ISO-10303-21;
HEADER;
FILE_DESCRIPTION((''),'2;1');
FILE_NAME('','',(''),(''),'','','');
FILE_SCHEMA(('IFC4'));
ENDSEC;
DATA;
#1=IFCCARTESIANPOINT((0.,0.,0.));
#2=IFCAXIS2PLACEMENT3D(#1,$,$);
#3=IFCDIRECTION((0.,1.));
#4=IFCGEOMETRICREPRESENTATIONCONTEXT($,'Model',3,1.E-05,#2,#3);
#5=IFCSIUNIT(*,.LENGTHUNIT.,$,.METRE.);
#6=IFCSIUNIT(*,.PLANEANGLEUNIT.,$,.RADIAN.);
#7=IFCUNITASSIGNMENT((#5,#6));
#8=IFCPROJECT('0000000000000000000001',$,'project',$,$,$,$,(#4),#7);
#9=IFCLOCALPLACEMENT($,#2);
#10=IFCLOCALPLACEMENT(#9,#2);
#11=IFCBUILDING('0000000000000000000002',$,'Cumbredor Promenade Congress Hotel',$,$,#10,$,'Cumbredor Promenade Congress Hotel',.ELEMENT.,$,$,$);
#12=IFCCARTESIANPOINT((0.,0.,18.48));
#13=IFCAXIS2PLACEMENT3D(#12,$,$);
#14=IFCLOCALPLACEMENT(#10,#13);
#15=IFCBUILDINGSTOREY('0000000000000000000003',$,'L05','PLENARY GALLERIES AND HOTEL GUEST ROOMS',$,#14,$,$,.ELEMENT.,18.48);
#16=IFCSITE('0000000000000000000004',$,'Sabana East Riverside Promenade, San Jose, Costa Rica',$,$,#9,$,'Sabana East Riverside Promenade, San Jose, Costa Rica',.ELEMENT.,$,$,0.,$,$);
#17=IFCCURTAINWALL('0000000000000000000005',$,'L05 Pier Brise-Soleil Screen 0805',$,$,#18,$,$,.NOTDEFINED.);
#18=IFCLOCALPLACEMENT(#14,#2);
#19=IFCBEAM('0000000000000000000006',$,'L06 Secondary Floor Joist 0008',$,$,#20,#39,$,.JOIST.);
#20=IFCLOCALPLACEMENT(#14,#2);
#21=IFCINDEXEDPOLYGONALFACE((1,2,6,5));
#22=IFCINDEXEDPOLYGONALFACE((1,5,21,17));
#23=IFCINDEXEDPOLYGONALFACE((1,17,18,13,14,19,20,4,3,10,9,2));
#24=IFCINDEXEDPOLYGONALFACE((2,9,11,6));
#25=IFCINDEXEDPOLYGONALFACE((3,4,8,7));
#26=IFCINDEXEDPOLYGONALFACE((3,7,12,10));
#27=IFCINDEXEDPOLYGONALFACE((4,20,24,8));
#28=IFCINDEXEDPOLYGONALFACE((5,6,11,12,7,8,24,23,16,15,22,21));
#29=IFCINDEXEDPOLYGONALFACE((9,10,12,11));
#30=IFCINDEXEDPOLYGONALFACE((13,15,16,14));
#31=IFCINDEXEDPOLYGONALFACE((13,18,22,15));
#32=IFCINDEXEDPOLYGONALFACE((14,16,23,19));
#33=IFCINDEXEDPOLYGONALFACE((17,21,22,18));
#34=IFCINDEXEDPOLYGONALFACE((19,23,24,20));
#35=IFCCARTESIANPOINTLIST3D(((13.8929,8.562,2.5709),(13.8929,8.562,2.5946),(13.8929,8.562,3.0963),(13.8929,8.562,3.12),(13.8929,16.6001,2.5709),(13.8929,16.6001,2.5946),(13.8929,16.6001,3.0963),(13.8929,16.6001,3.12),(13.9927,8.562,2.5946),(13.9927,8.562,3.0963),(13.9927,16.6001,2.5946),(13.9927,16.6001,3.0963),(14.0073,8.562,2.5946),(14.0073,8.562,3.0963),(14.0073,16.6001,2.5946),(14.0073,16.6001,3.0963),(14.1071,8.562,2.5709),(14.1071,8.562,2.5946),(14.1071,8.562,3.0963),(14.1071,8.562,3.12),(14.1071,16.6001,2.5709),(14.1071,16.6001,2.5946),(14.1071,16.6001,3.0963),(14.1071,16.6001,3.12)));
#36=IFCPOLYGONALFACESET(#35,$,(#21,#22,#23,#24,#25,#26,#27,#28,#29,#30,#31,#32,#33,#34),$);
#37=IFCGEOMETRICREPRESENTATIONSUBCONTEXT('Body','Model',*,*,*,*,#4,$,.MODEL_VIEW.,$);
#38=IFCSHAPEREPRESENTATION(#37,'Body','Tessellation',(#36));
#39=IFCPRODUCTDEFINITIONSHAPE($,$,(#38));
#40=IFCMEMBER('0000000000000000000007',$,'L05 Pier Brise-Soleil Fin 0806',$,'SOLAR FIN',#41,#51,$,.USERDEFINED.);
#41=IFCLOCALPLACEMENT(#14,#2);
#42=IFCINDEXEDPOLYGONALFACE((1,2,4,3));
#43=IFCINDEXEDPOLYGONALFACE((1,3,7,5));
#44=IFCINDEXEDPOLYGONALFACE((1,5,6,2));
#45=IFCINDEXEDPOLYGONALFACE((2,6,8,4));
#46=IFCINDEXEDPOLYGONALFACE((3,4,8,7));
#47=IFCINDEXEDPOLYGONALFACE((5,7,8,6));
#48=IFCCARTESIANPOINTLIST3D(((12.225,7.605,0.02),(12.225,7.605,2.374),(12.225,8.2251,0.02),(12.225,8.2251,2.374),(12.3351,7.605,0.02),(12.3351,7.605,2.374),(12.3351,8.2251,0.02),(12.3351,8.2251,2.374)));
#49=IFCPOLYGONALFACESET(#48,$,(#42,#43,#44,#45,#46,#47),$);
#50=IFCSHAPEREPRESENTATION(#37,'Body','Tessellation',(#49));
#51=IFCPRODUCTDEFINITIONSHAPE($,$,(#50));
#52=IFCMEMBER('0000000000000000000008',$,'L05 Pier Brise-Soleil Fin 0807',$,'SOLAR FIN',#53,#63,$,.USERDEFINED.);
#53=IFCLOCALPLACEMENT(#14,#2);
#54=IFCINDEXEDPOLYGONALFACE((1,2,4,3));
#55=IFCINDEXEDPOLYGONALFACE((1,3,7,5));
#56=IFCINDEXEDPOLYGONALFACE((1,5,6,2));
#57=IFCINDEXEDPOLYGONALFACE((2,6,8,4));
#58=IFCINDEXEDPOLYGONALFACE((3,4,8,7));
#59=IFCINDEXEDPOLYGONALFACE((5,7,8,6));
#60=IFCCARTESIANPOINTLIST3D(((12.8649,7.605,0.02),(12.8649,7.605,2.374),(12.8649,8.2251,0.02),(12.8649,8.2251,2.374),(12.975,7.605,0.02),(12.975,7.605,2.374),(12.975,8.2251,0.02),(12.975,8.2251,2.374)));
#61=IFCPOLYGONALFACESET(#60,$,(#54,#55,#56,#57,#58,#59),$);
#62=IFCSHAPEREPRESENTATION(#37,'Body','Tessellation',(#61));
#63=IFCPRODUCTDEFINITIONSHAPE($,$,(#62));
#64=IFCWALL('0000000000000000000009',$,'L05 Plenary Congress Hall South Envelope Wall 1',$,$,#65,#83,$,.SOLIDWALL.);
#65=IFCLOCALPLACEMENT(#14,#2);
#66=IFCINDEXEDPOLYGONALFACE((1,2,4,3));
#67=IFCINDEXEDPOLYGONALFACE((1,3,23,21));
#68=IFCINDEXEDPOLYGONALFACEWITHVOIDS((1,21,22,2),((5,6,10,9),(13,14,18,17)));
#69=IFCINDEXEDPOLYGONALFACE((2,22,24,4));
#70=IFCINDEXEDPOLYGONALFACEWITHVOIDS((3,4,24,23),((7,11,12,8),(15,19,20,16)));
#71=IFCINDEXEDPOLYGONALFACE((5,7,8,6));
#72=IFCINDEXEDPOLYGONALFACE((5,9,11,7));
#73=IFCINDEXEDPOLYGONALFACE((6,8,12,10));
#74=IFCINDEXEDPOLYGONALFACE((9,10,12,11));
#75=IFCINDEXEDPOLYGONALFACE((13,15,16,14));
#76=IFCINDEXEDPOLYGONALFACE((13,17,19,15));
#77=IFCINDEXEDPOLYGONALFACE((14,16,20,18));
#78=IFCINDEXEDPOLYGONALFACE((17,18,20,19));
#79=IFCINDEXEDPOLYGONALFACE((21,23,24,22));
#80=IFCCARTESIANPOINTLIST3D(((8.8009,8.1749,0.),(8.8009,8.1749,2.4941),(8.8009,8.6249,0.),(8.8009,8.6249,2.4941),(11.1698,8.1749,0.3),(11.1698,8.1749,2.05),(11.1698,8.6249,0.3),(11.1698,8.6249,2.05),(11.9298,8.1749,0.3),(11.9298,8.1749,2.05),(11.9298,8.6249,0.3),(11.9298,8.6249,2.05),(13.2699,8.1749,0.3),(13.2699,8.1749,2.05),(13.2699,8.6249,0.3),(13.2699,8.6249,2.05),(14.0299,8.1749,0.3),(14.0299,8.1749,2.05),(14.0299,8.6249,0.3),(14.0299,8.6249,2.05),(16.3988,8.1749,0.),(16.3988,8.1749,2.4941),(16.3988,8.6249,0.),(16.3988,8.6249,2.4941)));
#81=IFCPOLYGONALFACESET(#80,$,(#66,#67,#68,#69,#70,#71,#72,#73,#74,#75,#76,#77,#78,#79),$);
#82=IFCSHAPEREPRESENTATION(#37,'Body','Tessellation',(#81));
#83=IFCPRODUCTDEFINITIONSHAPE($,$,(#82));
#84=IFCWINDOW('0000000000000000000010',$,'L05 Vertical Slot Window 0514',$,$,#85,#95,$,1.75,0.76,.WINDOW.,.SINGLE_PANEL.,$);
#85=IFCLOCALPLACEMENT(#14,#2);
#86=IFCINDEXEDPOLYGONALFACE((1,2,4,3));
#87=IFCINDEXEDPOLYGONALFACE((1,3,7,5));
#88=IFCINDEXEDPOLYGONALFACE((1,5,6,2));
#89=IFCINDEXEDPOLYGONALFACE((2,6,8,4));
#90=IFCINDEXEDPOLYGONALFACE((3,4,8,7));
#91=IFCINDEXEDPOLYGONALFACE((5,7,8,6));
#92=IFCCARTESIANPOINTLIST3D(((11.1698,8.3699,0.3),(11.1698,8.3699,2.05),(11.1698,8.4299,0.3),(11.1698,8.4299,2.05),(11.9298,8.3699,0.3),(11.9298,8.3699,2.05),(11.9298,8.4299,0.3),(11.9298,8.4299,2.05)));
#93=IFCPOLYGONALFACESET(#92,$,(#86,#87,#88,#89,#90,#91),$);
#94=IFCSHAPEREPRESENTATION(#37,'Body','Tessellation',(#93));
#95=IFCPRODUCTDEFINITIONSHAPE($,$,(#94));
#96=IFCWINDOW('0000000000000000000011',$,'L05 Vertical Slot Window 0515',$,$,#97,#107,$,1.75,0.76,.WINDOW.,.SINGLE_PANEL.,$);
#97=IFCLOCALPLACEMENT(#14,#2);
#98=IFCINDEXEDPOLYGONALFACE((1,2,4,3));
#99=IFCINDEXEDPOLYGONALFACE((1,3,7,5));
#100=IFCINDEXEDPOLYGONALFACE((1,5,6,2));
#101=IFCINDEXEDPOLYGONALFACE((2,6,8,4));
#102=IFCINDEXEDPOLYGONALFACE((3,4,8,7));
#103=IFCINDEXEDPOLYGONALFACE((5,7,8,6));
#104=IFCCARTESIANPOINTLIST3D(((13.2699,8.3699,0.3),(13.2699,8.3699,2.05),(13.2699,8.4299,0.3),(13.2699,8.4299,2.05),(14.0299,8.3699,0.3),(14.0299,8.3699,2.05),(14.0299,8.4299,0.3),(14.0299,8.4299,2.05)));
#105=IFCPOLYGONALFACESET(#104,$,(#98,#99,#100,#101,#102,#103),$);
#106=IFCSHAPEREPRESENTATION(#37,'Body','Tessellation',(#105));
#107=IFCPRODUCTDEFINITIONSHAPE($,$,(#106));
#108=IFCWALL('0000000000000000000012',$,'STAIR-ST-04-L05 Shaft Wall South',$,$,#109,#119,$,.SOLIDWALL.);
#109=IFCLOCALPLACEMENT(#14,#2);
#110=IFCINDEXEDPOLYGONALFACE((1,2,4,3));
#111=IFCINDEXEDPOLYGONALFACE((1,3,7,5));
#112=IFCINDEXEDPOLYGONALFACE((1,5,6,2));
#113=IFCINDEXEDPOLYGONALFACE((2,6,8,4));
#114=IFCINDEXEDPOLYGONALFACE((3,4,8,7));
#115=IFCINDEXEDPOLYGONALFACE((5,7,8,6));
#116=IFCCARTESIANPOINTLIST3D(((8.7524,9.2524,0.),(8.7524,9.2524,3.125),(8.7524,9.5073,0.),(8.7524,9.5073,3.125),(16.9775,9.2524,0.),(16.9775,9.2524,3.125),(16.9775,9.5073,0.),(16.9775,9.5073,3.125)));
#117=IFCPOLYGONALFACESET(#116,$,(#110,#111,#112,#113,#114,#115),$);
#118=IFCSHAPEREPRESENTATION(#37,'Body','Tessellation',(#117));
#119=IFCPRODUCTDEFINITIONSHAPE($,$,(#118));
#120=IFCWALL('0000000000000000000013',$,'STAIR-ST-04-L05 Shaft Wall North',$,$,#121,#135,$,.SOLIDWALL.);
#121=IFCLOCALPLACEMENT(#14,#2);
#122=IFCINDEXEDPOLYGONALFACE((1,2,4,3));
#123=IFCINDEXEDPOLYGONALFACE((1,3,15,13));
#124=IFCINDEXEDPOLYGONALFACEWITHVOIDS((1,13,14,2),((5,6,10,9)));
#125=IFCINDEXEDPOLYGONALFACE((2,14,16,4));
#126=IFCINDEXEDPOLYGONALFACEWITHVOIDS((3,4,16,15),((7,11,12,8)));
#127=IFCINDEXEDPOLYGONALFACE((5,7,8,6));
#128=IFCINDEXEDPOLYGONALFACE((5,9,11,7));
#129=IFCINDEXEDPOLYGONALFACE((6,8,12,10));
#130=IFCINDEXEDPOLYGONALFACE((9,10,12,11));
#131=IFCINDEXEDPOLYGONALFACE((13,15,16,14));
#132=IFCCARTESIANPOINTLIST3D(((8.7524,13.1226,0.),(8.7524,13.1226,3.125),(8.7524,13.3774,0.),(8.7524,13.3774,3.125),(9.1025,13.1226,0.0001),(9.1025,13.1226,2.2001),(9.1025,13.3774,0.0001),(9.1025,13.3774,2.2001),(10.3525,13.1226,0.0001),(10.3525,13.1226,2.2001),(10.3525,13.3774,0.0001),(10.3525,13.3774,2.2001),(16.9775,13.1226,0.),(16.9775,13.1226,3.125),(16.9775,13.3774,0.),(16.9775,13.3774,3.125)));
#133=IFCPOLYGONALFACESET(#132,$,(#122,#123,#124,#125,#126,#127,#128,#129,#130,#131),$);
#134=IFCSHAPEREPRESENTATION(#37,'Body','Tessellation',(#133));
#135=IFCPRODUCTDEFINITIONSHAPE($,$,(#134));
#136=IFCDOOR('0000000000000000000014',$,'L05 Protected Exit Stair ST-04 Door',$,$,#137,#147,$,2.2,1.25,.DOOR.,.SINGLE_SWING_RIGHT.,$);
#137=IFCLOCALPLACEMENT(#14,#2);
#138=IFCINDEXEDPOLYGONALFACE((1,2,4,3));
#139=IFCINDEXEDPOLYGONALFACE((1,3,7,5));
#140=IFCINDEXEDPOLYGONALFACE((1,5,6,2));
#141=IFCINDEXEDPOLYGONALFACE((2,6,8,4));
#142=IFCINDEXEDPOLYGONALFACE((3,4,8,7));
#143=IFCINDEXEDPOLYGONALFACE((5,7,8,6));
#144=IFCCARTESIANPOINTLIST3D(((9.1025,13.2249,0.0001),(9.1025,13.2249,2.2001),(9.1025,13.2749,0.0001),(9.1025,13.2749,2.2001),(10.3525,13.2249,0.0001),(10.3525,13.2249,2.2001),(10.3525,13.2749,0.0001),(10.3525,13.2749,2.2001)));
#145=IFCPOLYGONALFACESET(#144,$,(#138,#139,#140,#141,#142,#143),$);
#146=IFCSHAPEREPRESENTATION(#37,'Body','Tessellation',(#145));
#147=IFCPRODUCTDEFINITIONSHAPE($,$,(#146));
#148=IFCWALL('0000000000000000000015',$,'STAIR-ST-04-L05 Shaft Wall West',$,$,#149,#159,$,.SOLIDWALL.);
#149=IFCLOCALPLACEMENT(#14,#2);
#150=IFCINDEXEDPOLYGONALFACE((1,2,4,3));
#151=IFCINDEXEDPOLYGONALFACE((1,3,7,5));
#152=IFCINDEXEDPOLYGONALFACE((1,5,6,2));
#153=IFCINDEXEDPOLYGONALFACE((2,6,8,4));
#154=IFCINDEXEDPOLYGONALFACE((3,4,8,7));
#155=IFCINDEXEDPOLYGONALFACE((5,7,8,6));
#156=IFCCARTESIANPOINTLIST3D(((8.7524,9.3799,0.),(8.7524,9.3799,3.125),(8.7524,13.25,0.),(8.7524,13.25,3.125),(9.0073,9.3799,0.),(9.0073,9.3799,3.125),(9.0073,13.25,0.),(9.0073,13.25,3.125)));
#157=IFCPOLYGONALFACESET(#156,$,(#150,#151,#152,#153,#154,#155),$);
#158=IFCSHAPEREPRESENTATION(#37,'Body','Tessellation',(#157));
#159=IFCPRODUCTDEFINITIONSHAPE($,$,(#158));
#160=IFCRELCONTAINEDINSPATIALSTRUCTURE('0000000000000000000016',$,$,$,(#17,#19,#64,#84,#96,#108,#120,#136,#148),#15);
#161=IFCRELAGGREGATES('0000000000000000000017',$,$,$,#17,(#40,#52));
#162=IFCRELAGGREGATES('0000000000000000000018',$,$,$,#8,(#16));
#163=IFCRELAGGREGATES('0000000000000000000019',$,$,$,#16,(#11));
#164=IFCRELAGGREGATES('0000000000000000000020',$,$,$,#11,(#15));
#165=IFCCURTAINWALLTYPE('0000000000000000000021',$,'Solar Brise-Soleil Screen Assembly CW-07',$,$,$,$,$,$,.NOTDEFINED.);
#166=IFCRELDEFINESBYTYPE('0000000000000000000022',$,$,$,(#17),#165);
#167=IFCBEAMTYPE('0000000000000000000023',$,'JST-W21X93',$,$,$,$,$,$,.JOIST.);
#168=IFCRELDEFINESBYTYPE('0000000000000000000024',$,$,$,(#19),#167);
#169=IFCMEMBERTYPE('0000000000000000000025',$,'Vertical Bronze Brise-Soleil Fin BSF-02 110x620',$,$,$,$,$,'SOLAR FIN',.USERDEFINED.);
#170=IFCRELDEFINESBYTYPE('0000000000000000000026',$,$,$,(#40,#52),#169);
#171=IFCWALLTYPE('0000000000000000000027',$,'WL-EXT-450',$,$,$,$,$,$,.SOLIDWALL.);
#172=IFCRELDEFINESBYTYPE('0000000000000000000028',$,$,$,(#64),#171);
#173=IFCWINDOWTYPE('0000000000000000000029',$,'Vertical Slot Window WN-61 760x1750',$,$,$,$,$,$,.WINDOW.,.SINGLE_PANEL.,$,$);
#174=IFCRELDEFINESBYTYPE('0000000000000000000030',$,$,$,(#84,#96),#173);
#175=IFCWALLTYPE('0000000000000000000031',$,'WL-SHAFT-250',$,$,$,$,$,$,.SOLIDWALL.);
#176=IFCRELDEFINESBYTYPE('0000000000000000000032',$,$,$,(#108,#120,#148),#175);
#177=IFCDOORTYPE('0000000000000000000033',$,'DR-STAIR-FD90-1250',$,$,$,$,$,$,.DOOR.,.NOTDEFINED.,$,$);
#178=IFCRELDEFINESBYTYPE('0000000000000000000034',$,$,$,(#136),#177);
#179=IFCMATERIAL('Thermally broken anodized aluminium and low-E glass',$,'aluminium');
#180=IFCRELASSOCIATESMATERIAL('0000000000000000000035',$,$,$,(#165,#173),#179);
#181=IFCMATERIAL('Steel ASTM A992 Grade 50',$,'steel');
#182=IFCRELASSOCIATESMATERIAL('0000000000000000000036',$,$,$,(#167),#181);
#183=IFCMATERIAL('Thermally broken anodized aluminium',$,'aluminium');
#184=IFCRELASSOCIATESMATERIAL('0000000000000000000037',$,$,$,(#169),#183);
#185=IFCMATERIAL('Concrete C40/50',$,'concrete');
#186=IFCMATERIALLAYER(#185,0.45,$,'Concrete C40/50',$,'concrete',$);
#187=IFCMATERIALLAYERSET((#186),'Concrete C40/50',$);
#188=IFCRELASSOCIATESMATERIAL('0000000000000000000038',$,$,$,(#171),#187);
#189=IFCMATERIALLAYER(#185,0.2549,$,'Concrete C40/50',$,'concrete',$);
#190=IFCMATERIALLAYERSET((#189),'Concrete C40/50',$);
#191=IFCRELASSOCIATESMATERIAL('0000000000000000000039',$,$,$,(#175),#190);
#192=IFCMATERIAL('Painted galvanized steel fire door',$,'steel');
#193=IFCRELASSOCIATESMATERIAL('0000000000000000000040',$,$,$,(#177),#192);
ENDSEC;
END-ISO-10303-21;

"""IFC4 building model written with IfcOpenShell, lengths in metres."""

from ifc_helpers import new_model, si_unit, direction, frame, frame_2d, origin, origin_2d, place, context, subcontext, project, spatial, rectangle, i_section, extrude, material, layer, layer_set, material_profile, profile_set, type_object, element, fill, aggregate, save


model = new_model("IFC4")

# Units and contexts
model_context = context("Model", 3, precision=1e-05, world=origin(), true_north=direction((0.0, 1.0)))
body_context = subcontext(model_context, "Body", "Model", "MODEL_VIEW")
ifc_project = project(units=[si_unit("LENGTHUNIT", "METRE"), si_unit("PLANEANGLEUNIT", "RADIAN")], contexts=[model_context])

# Site, building, storey
site_placement = place(None, origin())
site = spatial("IfcSite", under=ifc_project, at=site_placement, Name="Sabana East Riverside Promenade, San Jose, Costa Rica", LongName="Sabana East Riverside Promenade, San Jose, Costa Rica", CompositionType="ELEMENT", RefElevation=0.0)
building_placement = place(site_placement, origin())
building = spatial("IfcBuilding", under=site, at=building_placement, Name="Cumbredor Promenade Congress Hotel", LongName="Cumbredor Promenade Congress Hotel", CompositionType="ELEMENT")
storey_placement = place(building_placement, frame((0.0, 0.0, 18.48)))
storey = spatial("IfcBuildingStorey", under=building, at=storey_placement, Name="L05", Description="PLENARY GALLERIES AND HOTEL GUEST ROOMS", CompositionType="ELEMENT", Elevation=18.48)

# Shared definitions
ifc_material_1 = material(Name="Concrete C40/50", Category="concrete")
ifc_material_2 = material(Name="Steel ASTM A992 Grade 50", Category="steel")

# Curtain wall
ifc_material_3 = material(Name="Thermally broken anodized aluminium and low-E glass", Category="aluminium")
ifc_material_4 = material(Name="Thermally broken anodized aluminium", Category="aluminium")
curtain_wall_type_1 = type_object("IfcCurtainWallType", Name="Solar Brise-Soleil Screen Assembly CW-07", PredefinedType="NOTDEFINED", material=ifc_material_3)
curtain_wall_1_placement = place(storey_placement, origin())
curtain_wall_1 = element("IfcCurtainWall", 1, at=curtain_wall_1_placement, inside=storey, type_object=curtain_wall_type_1, Name="L05 Pier Brise-Soleil Screen 0805", PredefinedType="NOTDEFINED")

# Beam
ifc_material_profile_1 = material_profile(ifc_material_2, i_section(OverallWidth=0.2141, OverallDepth=0.5491, WebThickness=0.0146, FlangeThickness=0.0237, at=origin_2d()), Name="W21X93")
ifc_profile_set_1 = profile_set([ifc_material_profile_1], Name="Steel ASTM A992 Grade 50")
beam_type_1 = type_object("IfcBeamType", Name="JST-W21X93", PredefinedType="JOIST", material=ifc_profile_set_1)
for number, where, z_axis, x_axis, name in (
    (2, (14.0, 8.562, 2.8455), (0.0, 1.0, 0.0), (-1.0, 0.0, 0.0), "L06 Secondary Floor Joist 0008"),
):
    element("IfcBeam", number, at=place(storey_placement, frame(where, z_axis=z_axis, x_axis=x_axis)), inside=storey, type_object=beam_type_1, Name=name, PredefinedType="JOIST", context=body_context, shape_type="SweptSolid", body=[
        extrude(i_section(OverallWidth=0.2141, OverallDepth=0.5491, WebThickness=0.0146, FlangeThickness=0.0237, at=origin_2d()), origin(), (0.0, 0.0, 1.0), 8.0381),
    ])

# Members
ifc_material_profile_2 = material_profile(ifc_material_4, rectangle(XDim=0.1101, YDim=0.6201, at=origin_2d()), Name="ARCH FIN 110x620")
ifc_profile_set_2 = profile_set([ifc_material_profile_2], Name="Thermally broken anodized aluminium")
member_type_1 = type_object("IfcMemberType", Name="Vertical Bronze Brise-Soleil Fin BSF-02 110x620", ElementType="SOLAR FIN", PredefinedType="USERDEFINED", material=ifc_profile_set_2)
member_1_placement = place(storey_placement, frame((12.28, 7.915, 0.02), z_axis=(0.0, 0.0, 1.0), x_axis=(1.0, 0.0, 0.0)))
member_1 = element("IfcMember", 3, at=member_1_placement, type_object=member_type_1, Name="L05 Pier Brise-Soleil Fin 0806", ObjectType="SOLAR FIN", PredefinedType="USERDEFINED", context=body_context, shape_type="SweptSolid", body=[
    extrude(rectangle(XDim=0.1101, YDim=0.6201, at=origin_2d()), origin(), (0.0, 0.0, 1.0), 2.354),
])
member_2_placement = place(storey_placement, frame((12.9199, 7.915, 0.02), z_axis=(0.0, 0.0, 1.0), x_axis=(1.0, 0.0, 0.0)))
member_2 = element("IfcMember", 4, at=member_2_placement, type_object=member_type_1, Name="L05 Pier Brise-Soleil Fin 0807", ObjectType="SOLAR FIN", PredefinedType="USERDEFINED", context=body_context, shape_type="SweptSolid", body=[
    extrude(rectangle(XDim=0.1101, YDim=0.6201, at=origin_2d()), origin(), (0.0, 0.0, 1.0), 2.354),
])
aggregate(curtain_wall_1, [member_1, member_2])

# Wall, openings, windows
ifc_layer_1 = layer(ifc_material_1, 0.45, Name="Concrete C40/50", Category="concrete")
ifc_layer_set_1 = layer_set([ifc_layer_1], Name="Concrete C40/50")
wall_type_1 = type_object("IfcWallType", Name="WL-EXT-450", PredefinedType="SOLIDWALL", material=ifc_layer_set_1)
wall_1_placement = place(storey_placement, frame((8.801, 8.3999, 0.0), z_axis=(0.0, 0.0, 1.0), x_axis=(1.0, 0.0, 0.0)))
wall_1 = element("IfcWall", 5, at=wall_1_placement, inside=storey, type_object=wall_type_1, Name="L05 Plenary Congress Hall South Envelope Wall 1", PredefinedType="SOLIDWALL", context=body_context, shape_type="SweptSolid", body=[
    extrude(rectangle(XDim=7.5979, YDim=0.45, at=frame_2d((3.7988, 0.0))), origin(), (0.0, 0.0, 1.0), 2.4941),
])
opening_1_placement = place(wall_1_placement, frame((2.3689, 0.0, 0.3)))
opening_1 = element("IfcOpeningElement", 6, at=opening_1_placement, cuts=wall_1, PredefinedType="OPENING", context=body_context, shape_type="SweptSolid", body=[
    extrude(rectangle(XDim=0.76, YDim=1.75, at=frame_2d((0.3799, 0.875))), frame((0.0, 0.2349, 0.0), z_axis=(0.0, -1.0, 0.0), x_axis=(1.0, 0.0, 0.0)), (0.0, 0.0, 1.0), 0.47),
])
opening_2_placement = place(wall_1_placement, frame((4.469, 0.0, 0.3)))
opening_2 = element("IfcOpeningElement", 7, at=opening_2_placement, cuts=wall_1, PredefinedType="OPENING", context=body_context, shape_type="SweptSolid", body=[
    extrude(rectangle(XDim=0.76, YDim=1.75, at=frame_2d((0.3799, 0.875))), frame((0.0, 0.2349, 0.0), z_axis=(0.0, -1.0, 0.0), x_axis=(1.0, 0.0, 0.0)), (0.0, 0.0, 1.0), 0.47),
])
window_type = type_object("IfcWindowType", Name="Vertical Slot Window WN-61 760x1750", PartitioningType="SINGLE_PANEL", PredefinedType="WINDOW", material=ifc_material_3)
window_1_placement = place(opening_1_placement, origin())
window_1 = element("IfcWindow", 8, at=window_1_placement, inside=storey, type_object=window_type, Name="L05 Vertical Slot Window 0514", OverallHeight=1.75, OverallWidth=0.76, PartitioningType="SINGLE_PANEL", PredefinedType="WINDOW", context=body_context, shape_type="SweptSolid", body=[
    extrude(rectangle(XDim=0.76, YDim=1.75, at=frame_2d((0.3799, 0.875))), frame((0.0, 0.03, 0.0), z_axis=(0.0, -1.0, 0.0), x_axis=(1.0, 0.0, 0.0)), (0.0, 0.0, 1.0), 0.0601),
])
fill(opening_1, window_1)
window_2_placement = place(opening_2_placement, origin())
window_2 = element("IfcWindow", 9, at=window_2_placement, inside=storey, type_object=window_type, Name="L05 Vertical Slot Window 0515", OverallHeight=1.75, OverallWidth=0.76, PartitioningType="SINGLE_PANEL", PredefinedType="WINDOW", context=body_context, shape_type="SweptSolid", body=[
    extrude(rectangle(XDim=0.76, YDim=1.75, at=frame_2d((0.3799, 0.875))), frame((0.0, 0.03, 0.0), z_axis=(0.0, -1.0, 0.0), x_axis=(1.0, 0.0, 0.0)), (0.0, 0.0, 1.0), 0.0601),
])
fill(opening_2, window_2)

# Wall
ifc_layer_2 = layer(ifc_material_1, 0.2549, Name="Concrete C40/50", Category="concrete")
ifc_layer_set_2 = layer_set([ifc_layer_2], Name="Concrete C40/50")
wall_type_2 = type_object("IfcWallType", Name="WL-SHAFT-250", PredefinedType="SOLIDWALL", material=ifc_layer_set_2)
wall_2_placement = place(storey_placement, frame((8.7524, 9.3799, 0.0), z_axis=(0.0, 0.0, 1.0), x_axis=(1.0, 0.0, 0.0)))
element("IfcWall", 10, at=wall_2_placement, inside=storey, type_object=wall_type_2, Name="STAIR-ST-04-L05 Shaft Wall South", PredefinedType="SOLIDWALL", context=body_context, shape_type="SweptSolid", body=[
    extrude(rectangle(XDim=8.2251, YDim=0.2549, at=frame_2d((4.1125, 0.0))), origin(), (0.0, 0.0, 1.0), 3.125),
])

# Wall, opening, door
wall_3_placement = place(storey_placement, frame((8.7524, 13.25, 0.0), z_axis=(0.0, 0.0, 1.0), x_axis=(1.0, 0.0, 0.0)))
wall_3 = element("IfcWall", 11, at=wall_3_placement, inside=storey, type_object=wall_type_2, Name="STAIR-ST-04-L05 Shaft Wall North", PredefinedType="SOLIDWALL", context=body_context, shape_type="SweptSolid", body=[
    extrude(rectangle(XDim=8.2251, YDim=0.2549, at=frame_2d((4.1125, 0.0))), origin(), (0.0, 0.0, 1.0), 3.125),
])
opening_3_placement = place(wall_3_placement, frame((0.3501, 0.0, 0.0)))
opening_3 = element("IfcOpeningElement", 12, at=opening_3_placement, cuts=wall_3, PredefinedType="OPENING", context=body_context, shape_type="SweptSolid", body=[
    extrude(rectangle(XDim=1.25, YDim=2.2, at=frame_2d((0.625, 1.1001))), frame((0.0, 0.1375, 0.0), z_axis=(0.0, -1.0, 0.0), x_axis=(1.0, 0.0, 0.0)), (0.0, 0.0, 1.0), 0.2749),
])
ifc_material_5 = material(Name="Painted galvanized steel fire door", Category="steel")
door_type = type_object("IfcDoorType", Name="DR-STAIR-FD90-1250", OperationType="NOTDEFINED", PredefinedType="DOOR", material=ifc_material_5)
door_placement = place(opening_3_placement, origin())
door = element("IfcDoor", 13, at=door_placement, inside=storey, type_object=door_type, Name="L05 Protected Exit Stair ST-04 Door", OperationType="SINGLE_SWING_RIGHT", OverallHeight=2.2, OverallWidth=1.25, PredefinedType="DOOR", context=body_context, shape_type="SweptSolid", body=[
    extrude(rectangle(XDim=1.25, YDim=2.2, at=frame_2d((0.625, 1.1001))), frame((0.0, 0.0249, 0.0), z_axis=(0.0, -1.0, 0.0), x_axis=(1.0, 0.0, 0.0)), (0.0, 0.0, 1.0), 0.05),
])
fill(opening_3, door)

# Wall
wall_4_placement = place(storey_placement, frame((8.8799, 9.3799, 0.0), z_axis=(0.0, 0.0, 1.0), x_axis=(0.0, 1.0, 0.0)))
element("IfcWall", 14, at=wall_4_placement, inside=storey, type_object=wall_type_2, Name="STAIR-ST-04-L05 Shaft Wall West", PredefinedType="SOLIDWALL", context=body_context, shape_type="SweptSolid", body=[
    extrude(rectangle(XDim=3.8701, YDim=0.2549, at=frame_2d((1.9351, 0.0))), origin(), (0.0, 0.0, 1.0), 3.125),
])

save(model, "model.ifc")
